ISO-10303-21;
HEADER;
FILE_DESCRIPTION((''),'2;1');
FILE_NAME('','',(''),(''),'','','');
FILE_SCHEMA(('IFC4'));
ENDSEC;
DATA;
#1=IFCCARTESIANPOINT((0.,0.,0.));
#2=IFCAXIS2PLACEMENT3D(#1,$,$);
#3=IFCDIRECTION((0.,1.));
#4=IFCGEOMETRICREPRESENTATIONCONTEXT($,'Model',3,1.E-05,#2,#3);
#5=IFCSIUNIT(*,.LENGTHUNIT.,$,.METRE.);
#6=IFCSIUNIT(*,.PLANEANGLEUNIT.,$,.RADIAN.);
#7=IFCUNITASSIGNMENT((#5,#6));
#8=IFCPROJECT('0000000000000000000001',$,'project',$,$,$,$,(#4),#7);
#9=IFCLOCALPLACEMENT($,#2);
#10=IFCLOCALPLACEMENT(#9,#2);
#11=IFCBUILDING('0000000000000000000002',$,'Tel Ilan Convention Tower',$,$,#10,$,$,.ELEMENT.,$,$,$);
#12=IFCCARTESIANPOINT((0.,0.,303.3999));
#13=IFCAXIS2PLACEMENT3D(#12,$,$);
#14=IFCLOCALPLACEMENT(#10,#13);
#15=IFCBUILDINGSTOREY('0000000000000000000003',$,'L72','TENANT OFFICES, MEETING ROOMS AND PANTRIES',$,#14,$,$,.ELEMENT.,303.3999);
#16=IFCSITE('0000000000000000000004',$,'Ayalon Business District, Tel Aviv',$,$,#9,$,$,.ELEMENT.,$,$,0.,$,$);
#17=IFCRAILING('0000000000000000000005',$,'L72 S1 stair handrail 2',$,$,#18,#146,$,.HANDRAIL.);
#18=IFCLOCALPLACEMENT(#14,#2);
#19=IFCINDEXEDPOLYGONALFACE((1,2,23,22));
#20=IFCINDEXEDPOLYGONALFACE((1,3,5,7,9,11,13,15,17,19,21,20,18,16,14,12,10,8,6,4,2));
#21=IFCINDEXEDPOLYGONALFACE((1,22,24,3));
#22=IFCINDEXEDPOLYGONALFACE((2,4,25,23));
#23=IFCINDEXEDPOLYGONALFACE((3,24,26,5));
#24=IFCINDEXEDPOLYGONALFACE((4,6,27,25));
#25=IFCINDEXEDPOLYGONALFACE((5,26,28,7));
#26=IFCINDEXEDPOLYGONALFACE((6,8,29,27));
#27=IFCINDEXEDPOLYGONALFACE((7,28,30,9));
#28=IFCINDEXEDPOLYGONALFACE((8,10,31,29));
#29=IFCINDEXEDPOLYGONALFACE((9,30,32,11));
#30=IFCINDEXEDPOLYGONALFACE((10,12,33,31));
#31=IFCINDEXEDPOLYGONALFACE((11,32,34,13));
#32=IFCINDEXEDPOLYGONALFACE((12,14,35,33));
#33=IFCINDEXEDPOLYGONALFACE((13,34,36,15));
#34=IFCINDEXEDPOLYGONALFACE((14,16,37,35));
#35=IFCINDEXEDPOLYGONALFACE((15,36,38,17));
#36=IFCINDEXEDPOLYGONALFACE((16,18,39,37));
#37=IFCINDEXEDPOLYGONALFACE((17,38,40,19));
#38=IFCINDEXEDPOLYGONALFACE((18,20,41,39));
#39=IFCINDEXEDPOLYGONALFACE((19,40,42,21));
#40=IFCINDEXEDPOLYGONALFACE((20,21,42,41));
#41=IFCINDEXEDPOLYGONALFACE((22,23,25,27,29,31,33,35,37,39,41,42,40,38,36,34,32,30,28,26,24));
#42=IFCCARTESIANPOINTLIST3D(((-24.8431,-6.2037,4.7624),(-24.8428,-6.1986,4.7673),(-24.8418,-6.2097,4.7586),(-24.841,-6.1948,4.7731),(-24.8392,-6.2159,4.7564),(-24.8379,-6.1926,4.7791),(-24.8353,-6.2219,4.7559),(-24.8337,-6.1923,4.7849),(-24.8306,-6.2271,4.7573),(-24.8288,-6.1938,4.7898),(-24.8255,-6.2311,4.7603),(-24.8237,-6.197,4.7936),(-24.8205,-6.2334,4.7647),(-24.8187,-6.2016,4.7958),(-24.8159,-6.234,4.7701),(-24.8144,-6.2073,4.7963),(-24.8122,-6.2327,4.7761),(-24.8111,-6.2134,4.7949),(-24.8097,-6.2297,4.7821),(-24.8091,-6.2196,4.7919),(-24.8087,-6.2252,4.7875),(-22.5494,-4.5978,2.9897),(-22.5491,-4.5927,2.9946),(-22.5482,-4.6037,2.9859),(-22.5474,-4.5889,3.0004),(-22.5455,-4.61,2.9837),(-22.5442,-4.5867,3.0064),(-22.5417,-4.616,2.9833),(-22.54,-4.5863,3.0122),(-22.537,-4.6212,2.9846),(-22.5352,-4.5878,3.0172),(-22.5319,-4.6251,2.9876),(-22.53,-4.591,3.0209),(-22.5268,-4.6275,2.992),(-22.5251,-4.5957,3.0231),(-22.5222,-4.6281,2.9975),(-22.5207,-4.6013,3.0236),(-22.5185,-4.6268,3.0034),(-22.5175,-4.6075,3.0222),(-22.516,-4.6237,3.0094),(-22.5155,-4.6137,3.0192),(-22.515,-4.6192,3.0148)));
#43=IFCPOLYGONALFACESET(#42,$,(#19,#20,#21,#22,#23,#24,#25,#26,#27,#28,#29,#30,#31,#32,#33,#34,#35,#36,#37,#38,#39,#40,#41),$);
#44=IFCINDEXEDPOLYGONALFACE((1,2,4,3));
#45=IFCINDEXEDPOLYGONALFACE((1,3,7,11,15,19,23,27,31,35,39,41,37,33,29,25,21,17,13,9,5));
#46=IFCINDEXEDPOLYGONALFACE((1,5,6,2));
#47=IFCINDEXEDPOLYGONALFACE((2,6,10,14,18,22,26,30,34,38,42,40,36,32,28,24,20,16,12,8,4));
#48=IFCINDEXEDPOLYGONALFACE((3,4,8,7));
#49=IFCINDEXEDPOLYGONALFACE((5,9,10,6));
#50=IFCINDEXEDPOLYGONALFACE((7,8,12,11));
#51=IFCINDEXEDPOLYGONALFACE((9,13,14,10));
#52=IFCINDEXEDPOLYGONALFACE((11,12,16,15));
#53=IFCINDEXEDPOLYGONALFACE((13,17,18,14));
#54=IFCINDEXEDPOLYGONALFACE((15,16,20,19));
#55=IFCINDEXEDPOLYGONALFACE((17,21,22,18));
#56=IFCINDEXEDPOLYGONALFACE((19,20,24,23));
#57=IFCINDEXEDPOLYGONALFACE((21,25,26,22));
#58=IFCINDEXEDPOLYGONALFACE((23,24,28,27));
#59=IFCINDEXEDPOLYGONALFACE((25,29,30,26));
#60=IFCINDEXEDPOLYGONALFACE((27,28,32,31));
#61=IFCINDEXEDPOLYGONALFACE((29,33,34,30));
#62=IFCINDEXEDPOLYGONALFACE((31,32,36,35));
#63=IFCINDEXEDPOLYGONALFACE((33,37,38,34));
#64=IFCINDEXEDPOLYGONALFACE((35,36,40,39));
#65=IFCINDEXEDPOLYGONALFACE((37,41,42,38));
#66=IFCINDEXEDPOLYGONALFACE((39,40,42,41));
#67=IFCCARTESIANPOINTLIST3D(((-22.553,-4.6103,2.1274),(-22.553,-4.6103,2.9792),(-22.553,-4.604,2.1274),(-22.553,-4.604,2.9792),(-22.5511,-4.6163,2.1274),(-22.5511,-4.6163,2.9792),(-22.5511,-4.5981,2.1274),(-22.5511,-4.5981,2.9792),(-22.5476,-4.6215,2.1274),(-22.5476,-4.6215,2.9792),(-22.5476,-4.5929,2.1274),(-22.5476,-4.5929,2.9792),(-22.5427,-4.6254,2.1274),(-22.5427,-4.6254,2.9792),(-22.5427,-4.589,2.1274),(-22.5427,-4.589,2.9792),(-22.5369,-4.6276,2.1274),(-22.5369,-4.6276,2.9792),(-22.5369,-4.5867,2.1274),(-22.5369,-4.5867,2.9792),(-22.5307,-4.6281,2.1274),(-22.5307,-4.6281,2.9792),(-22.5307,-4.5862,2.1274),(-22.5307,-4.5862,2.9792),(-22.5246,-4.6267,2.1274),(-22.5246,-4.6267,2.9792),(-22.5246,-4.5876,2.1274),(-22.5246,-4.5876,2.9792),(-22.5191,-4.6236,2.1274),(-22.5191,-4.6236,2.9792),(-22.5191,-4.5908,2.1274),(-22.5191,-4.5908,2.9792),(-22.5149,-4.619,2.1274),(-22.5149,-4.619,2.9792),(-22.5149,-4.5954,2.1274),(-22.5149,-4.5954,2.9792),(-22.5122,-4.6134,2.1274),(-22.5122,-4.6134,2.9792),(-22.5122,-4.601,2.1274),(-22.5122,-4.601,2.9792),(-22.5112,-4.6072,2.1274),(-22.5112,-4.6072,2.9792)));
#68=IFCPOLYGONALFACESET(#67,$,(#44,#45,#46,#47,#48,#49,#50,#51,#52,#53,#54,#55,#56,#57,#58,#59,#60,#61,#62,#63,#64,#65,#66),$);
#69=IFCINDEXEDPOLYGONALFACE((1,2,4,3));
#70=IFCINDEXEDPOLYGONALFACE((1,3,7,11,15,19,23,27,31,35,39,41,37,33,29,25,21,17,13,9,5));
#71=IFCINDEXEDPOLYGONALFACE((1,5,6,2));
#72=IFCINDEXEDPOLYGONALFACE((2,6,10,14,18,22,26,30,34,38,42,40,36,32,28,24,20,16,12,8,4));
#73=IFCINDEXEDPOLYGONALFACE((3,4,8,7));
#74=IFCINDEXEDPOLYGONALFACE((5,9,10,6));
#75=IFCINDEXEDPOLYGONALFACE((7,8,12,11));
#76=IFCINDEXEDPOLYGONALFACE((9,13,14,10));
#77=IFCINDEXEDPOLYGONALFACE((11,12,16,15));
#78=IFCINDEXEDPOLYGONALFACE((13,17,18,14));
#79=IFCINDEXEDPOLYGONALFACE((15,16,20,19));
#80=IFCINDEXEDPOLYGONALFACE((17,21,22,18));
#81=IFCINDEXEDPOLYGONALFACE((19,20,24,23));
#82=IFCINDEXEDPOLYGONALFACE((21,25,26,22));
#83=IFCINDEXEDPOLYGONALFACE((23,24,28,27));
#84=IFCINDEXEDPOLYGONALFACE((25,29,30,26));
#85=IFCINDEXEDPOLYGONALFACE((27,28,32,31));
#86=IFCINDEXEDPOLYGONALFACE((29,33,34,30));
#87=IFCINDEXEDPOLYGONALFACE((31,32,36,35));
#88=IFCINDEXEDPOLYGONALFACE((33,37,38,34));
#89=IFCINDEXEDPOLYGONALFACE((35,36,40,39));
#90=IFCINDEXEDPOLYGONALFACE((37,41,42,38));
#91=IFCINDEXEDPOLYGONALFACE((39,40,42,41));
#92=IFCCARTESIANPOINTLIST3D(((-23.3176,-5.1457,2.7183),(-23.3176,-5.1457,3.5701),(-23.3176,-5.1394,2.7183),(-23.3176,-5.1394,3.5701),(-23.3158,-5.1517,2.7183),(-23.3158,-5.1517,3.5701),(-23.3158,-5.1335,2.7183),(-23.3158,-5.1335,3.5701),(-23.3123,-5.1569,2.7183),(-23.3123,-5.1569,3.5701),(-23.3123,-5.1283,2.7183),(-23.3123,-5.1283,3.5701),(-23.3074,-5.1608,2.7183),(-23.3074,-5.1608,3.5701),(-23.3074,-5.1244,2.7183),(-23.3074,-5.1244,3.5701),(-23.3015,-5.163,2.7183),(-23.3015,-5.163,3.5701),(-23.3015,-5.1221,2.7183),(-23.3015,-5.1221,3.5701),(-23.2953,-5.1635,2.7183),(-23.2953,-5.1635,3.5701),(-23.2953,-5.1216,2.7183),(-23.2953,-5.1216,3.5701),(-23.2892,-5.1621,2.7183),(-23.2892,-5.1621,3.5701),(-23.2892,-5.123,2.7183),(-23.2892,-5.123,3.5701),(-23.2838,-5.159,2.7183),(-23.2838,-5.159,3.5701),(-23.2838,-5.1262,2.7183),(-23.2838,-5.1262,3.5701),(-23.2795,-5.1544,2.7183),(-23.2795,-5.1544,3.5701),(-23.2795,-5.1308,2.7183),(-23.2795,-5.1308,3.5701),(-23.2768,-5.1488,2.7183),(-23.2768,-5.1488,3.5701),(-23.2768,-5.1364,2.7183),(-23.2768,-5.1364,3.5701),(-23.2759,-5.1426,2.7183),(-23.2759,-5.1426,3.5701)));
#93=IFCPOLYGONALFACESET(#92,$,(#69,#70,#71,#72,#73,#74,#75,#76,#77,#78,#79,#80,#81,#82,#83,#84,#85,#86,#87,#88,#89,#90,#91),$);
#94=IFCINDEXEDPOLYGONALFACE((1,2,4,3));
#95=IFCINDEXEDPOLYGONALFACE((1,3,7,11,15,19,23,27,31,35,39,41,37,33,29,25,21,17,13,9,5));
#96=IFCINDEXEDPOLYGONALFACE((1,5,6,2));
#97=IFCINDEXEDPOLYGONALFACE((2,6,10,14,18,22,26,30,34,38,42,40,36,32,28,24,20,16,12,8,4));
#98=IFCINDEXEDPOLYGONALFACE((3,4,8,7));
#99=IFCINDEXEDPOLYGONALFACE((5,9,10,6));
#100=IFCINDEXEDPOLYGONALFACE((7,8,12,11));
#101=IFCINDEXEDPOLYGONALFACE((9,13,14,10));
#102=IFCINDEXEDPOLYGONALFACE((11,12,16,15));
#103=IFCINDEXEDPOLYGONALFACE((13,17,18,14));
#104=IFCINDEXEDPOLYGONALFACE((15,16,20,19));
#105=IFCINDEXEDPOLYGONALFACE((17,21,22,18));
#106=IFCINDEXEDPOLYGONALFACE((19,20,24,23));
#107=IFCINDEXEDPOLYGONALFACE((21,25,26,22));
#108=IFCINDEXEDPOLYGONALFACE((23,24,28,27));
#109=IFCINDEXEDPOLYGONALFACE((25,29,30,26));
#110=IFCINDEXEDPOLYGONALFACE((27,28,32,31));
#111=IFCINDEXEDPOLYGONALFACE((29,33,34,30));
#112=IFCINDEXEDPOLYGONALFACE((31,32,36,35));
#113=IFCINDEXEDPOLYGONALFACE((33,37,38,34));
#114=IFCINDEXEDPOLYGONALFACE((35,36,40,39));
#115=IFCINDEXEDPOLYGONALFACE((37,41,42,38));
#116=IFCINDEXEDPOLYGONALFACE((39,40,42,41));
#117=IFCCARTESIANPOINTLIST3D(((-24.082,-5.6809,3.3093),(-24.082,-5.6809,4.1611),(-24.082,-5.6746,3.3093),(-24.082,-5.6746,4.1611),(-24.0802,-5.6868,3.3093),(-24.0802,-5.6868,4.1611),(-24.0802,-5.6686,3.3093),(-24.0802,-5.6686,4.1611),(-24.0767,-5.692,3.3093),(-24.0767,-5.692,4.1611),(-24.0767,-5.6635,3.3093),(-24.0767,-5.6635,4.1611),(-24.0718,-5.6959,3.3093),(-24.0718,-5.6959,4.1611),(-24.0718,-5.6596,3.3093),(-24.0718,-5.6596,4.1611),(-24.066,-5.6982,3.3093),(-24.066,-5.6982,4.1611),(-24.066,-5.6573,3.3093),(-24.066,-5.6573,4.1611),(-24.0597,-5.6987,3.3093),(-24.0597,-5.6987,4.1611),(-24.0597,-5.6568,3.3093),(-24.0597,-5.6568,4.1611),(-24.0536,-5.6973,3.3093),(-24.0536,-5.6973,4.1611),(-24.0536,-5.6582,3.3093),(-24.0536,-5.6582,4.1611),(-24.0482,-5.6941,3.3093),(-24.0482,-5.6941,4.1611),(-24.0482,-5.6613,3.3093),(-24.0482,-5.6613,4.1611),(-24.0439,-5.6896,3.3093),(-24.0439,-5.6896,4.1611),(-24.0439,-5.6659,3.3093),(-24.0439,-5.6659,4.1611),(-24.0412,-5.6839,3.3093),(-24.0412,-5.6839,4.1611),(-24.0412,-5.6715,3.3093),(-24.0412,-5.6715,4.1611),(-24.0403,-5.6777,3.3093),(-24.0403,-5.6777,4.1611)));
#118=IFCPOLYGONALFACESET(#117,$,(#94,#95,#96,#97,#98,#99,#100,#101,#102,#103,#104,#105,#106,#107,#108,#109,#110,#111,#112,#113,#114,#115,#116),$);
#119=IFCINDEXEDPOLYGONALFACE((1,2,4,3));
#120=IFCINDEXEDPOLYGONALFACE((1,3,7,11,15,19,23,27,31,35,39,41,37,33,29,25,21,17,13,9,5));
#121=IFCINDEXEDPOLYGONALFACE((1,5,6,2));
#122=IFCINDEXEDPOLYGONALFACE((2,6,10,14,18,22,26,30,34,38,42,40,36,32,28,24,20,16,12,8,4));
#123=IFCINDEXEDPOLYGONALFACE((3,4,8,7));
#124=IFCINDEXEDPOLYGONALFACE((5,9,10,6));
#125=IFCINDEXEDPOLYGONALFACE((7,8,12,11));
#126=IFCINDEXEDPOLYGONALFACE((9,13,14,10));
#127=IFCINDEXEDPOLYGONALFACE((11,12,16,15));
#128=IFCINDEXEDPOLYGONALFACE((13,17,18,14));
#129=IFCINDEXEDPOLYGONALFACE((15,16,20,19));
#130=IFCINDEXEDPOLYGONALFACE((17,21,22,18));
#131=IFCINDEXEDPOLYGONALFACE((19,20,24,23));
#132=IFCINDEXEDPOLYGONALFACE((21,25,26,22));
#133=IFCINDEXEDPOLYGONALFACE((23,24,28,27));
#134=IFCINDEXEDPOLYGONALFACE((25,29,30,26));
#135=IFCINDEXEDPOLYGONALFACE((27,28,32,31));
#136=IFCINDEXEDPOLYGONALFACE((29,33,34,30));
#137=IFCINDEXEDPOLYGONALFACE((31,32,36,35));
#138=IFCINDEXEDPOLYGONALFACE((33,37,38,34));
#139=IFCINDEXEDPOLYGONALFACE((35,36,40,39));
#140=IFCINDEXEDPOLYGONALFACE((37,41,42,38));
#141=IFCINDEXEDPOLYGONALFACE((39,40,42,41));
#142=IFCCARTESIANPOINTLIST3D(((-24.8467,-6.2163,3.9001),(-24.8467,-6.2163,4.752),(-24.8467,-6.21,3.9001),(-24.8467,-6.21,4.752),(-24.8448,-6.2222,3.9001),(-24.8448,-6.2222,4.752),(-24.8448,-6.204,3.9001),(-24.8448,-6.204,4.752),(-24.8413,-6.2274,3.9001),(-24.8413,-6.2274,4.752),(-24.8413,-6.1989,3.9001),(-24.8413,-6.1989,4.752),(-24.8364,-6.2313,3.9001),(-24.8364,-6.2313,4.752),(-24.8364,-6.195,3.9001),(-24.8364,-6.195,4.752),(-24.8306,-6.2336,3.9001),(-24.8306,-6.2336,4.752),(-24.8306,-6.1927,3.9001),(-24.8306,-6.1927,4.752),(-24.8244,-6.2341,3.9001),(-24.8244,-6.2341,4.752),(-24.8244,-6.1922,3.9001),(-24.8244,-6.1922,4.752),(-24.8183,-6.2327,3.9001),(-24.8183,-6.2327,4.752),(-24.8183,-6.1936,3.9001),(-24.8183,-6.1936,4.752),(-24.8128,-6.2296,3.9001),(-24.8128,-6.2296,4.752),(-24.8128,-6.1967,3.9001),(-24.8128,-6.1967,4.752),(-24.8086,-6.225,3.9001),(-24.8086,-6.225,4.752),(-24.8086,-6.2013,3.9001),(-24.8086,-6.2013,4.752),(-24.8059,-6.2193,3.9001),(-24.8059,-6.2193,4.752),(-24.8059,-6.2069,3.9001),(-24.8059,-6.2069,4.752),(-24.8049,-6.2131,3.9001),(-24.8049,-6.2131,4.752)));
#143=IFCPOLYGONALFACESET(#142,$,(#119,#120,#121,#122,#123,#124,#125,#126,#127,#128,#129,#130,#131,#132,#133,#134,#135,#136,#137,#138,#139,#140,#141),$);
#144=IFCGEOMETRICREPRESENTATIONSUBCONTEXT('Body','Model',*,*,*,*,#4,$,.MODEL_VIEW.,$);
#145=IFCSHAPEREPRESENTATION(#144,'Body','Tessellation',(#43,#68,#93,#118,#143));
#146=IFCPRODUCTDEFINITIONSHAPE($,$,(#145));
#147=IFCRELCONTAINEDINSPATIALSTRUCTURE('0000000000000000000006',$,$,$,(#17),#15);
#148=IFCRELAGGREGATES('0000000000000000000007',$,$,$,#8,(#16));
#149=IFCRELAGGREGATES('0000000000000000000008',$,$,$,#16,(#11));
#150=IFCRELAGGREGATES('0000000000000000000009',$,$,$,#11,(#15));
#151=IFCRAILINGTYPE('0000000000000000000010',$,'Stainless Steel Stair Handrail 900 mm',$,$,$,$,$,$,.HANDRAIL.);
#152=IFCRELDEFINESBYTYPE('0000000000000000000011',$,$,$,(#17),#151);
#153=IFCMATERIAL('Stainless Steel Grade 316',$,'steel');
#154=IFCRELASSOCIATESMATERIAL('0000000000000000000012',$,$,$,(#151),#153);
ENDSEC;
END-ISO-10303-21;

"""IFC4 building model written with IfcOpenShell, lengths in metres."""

from ifc_helpers import new_model, si_unit, direction, frame, origin, origin_2d, place, context, subcontext, project, spatial, circle, extrude, material, type_object, element, save


model = new_model("IFC4")

# Units and contexts
model_context = context("Model", 3, precision=1e-05, world=origin(), true_north=direction((0.0, 1.0)))
body_context = subcontext(model_context, "Body", "Model", "MODEL_VIEW")
ifc_project = project(units=[si_unit("LENGTHUNIT", "METRE"), si_unit("PLANEANGLEUNIT", "RADIAN")], contexts=[model_context])

# Site, building, storey
site_placement = place(None, origin())
site = spatial("IfcSite", under=ifc_project, at=site_placement, Name="Ayalon Business District, Tel Aviv", CompositionType="ELEMENT", RefElevation=0.0)
building_placement = place(site_placement, origin())
building = spatial("IfcBuilding", under=site, at=building_placement, Name="Tel Ilan Convention Tower", CompositionType="ELEMENT")
storey_placement = place(building_placement, frame((0.0, 0.0, 303.3999)))
storey = spatial("IfcBuildingStorey", under=building, at=storey_placement, Name="L72", Description="TENANT OFFICES, MEETING ROOMS AND PANTRIES", CompositionType="ELEMENT", Elevation=303.3999)

# Railing
ifc_material_1 = material(Name="Stainless Steel Grade 316", Category="steel")
railing_type_1 = type_object("IfcRailingType", Name="Stainless Steel Stair Handrail 900 mm", PredefinedType="HANDRAIL", material=ifc_material_1)
for number, where, name in (
    (1, (-22.5322, -4.6072, 2.1274), "L72 S1 stair handrail 2"),
):
    element("IfcRailing", number, at=place(storey_placement, frame(where)), inside=storey, type_object=railing_type_1, Name=name, PredefinedType="HANDRAIL", context=body_context, shape_type="SweptSolid", body=[
        extrude(circle(Radius=0.0239, at=origin_2d()), frame((0.0, 0.0, 0.876), z_axis=(-0.692123, -0.484597, 0.534913), x_axis=(0.57355, -0.81917, 0.0)), (0.0, 0.0, 1.0), 3.314),
        extrude(circle(Radius=0.021, at=origin_2d()), origin(), (0.0, 0.0, 1.0), 0.8518),
        extrude(circle(Radius=0.021, at=origin_2d()), frame((-0.7646, -0.5354, 0.5908)), (0.0, 0.0, 1.0), 0.8518),
        extrude(circle(Radius=0.021, at=origin_2d()), frame((-1.5291, -1.0706, 1.1819)), (0.0, 0.0, 1.0), 0.8518),
        extrude(circle(Radius=0.021, at=origin_2d()), frame((-2.2937, -1.606, 1.7727)), (0.0, 0.0, 1.0), 0.8518),
    ])

save(model, "model.ifc")
